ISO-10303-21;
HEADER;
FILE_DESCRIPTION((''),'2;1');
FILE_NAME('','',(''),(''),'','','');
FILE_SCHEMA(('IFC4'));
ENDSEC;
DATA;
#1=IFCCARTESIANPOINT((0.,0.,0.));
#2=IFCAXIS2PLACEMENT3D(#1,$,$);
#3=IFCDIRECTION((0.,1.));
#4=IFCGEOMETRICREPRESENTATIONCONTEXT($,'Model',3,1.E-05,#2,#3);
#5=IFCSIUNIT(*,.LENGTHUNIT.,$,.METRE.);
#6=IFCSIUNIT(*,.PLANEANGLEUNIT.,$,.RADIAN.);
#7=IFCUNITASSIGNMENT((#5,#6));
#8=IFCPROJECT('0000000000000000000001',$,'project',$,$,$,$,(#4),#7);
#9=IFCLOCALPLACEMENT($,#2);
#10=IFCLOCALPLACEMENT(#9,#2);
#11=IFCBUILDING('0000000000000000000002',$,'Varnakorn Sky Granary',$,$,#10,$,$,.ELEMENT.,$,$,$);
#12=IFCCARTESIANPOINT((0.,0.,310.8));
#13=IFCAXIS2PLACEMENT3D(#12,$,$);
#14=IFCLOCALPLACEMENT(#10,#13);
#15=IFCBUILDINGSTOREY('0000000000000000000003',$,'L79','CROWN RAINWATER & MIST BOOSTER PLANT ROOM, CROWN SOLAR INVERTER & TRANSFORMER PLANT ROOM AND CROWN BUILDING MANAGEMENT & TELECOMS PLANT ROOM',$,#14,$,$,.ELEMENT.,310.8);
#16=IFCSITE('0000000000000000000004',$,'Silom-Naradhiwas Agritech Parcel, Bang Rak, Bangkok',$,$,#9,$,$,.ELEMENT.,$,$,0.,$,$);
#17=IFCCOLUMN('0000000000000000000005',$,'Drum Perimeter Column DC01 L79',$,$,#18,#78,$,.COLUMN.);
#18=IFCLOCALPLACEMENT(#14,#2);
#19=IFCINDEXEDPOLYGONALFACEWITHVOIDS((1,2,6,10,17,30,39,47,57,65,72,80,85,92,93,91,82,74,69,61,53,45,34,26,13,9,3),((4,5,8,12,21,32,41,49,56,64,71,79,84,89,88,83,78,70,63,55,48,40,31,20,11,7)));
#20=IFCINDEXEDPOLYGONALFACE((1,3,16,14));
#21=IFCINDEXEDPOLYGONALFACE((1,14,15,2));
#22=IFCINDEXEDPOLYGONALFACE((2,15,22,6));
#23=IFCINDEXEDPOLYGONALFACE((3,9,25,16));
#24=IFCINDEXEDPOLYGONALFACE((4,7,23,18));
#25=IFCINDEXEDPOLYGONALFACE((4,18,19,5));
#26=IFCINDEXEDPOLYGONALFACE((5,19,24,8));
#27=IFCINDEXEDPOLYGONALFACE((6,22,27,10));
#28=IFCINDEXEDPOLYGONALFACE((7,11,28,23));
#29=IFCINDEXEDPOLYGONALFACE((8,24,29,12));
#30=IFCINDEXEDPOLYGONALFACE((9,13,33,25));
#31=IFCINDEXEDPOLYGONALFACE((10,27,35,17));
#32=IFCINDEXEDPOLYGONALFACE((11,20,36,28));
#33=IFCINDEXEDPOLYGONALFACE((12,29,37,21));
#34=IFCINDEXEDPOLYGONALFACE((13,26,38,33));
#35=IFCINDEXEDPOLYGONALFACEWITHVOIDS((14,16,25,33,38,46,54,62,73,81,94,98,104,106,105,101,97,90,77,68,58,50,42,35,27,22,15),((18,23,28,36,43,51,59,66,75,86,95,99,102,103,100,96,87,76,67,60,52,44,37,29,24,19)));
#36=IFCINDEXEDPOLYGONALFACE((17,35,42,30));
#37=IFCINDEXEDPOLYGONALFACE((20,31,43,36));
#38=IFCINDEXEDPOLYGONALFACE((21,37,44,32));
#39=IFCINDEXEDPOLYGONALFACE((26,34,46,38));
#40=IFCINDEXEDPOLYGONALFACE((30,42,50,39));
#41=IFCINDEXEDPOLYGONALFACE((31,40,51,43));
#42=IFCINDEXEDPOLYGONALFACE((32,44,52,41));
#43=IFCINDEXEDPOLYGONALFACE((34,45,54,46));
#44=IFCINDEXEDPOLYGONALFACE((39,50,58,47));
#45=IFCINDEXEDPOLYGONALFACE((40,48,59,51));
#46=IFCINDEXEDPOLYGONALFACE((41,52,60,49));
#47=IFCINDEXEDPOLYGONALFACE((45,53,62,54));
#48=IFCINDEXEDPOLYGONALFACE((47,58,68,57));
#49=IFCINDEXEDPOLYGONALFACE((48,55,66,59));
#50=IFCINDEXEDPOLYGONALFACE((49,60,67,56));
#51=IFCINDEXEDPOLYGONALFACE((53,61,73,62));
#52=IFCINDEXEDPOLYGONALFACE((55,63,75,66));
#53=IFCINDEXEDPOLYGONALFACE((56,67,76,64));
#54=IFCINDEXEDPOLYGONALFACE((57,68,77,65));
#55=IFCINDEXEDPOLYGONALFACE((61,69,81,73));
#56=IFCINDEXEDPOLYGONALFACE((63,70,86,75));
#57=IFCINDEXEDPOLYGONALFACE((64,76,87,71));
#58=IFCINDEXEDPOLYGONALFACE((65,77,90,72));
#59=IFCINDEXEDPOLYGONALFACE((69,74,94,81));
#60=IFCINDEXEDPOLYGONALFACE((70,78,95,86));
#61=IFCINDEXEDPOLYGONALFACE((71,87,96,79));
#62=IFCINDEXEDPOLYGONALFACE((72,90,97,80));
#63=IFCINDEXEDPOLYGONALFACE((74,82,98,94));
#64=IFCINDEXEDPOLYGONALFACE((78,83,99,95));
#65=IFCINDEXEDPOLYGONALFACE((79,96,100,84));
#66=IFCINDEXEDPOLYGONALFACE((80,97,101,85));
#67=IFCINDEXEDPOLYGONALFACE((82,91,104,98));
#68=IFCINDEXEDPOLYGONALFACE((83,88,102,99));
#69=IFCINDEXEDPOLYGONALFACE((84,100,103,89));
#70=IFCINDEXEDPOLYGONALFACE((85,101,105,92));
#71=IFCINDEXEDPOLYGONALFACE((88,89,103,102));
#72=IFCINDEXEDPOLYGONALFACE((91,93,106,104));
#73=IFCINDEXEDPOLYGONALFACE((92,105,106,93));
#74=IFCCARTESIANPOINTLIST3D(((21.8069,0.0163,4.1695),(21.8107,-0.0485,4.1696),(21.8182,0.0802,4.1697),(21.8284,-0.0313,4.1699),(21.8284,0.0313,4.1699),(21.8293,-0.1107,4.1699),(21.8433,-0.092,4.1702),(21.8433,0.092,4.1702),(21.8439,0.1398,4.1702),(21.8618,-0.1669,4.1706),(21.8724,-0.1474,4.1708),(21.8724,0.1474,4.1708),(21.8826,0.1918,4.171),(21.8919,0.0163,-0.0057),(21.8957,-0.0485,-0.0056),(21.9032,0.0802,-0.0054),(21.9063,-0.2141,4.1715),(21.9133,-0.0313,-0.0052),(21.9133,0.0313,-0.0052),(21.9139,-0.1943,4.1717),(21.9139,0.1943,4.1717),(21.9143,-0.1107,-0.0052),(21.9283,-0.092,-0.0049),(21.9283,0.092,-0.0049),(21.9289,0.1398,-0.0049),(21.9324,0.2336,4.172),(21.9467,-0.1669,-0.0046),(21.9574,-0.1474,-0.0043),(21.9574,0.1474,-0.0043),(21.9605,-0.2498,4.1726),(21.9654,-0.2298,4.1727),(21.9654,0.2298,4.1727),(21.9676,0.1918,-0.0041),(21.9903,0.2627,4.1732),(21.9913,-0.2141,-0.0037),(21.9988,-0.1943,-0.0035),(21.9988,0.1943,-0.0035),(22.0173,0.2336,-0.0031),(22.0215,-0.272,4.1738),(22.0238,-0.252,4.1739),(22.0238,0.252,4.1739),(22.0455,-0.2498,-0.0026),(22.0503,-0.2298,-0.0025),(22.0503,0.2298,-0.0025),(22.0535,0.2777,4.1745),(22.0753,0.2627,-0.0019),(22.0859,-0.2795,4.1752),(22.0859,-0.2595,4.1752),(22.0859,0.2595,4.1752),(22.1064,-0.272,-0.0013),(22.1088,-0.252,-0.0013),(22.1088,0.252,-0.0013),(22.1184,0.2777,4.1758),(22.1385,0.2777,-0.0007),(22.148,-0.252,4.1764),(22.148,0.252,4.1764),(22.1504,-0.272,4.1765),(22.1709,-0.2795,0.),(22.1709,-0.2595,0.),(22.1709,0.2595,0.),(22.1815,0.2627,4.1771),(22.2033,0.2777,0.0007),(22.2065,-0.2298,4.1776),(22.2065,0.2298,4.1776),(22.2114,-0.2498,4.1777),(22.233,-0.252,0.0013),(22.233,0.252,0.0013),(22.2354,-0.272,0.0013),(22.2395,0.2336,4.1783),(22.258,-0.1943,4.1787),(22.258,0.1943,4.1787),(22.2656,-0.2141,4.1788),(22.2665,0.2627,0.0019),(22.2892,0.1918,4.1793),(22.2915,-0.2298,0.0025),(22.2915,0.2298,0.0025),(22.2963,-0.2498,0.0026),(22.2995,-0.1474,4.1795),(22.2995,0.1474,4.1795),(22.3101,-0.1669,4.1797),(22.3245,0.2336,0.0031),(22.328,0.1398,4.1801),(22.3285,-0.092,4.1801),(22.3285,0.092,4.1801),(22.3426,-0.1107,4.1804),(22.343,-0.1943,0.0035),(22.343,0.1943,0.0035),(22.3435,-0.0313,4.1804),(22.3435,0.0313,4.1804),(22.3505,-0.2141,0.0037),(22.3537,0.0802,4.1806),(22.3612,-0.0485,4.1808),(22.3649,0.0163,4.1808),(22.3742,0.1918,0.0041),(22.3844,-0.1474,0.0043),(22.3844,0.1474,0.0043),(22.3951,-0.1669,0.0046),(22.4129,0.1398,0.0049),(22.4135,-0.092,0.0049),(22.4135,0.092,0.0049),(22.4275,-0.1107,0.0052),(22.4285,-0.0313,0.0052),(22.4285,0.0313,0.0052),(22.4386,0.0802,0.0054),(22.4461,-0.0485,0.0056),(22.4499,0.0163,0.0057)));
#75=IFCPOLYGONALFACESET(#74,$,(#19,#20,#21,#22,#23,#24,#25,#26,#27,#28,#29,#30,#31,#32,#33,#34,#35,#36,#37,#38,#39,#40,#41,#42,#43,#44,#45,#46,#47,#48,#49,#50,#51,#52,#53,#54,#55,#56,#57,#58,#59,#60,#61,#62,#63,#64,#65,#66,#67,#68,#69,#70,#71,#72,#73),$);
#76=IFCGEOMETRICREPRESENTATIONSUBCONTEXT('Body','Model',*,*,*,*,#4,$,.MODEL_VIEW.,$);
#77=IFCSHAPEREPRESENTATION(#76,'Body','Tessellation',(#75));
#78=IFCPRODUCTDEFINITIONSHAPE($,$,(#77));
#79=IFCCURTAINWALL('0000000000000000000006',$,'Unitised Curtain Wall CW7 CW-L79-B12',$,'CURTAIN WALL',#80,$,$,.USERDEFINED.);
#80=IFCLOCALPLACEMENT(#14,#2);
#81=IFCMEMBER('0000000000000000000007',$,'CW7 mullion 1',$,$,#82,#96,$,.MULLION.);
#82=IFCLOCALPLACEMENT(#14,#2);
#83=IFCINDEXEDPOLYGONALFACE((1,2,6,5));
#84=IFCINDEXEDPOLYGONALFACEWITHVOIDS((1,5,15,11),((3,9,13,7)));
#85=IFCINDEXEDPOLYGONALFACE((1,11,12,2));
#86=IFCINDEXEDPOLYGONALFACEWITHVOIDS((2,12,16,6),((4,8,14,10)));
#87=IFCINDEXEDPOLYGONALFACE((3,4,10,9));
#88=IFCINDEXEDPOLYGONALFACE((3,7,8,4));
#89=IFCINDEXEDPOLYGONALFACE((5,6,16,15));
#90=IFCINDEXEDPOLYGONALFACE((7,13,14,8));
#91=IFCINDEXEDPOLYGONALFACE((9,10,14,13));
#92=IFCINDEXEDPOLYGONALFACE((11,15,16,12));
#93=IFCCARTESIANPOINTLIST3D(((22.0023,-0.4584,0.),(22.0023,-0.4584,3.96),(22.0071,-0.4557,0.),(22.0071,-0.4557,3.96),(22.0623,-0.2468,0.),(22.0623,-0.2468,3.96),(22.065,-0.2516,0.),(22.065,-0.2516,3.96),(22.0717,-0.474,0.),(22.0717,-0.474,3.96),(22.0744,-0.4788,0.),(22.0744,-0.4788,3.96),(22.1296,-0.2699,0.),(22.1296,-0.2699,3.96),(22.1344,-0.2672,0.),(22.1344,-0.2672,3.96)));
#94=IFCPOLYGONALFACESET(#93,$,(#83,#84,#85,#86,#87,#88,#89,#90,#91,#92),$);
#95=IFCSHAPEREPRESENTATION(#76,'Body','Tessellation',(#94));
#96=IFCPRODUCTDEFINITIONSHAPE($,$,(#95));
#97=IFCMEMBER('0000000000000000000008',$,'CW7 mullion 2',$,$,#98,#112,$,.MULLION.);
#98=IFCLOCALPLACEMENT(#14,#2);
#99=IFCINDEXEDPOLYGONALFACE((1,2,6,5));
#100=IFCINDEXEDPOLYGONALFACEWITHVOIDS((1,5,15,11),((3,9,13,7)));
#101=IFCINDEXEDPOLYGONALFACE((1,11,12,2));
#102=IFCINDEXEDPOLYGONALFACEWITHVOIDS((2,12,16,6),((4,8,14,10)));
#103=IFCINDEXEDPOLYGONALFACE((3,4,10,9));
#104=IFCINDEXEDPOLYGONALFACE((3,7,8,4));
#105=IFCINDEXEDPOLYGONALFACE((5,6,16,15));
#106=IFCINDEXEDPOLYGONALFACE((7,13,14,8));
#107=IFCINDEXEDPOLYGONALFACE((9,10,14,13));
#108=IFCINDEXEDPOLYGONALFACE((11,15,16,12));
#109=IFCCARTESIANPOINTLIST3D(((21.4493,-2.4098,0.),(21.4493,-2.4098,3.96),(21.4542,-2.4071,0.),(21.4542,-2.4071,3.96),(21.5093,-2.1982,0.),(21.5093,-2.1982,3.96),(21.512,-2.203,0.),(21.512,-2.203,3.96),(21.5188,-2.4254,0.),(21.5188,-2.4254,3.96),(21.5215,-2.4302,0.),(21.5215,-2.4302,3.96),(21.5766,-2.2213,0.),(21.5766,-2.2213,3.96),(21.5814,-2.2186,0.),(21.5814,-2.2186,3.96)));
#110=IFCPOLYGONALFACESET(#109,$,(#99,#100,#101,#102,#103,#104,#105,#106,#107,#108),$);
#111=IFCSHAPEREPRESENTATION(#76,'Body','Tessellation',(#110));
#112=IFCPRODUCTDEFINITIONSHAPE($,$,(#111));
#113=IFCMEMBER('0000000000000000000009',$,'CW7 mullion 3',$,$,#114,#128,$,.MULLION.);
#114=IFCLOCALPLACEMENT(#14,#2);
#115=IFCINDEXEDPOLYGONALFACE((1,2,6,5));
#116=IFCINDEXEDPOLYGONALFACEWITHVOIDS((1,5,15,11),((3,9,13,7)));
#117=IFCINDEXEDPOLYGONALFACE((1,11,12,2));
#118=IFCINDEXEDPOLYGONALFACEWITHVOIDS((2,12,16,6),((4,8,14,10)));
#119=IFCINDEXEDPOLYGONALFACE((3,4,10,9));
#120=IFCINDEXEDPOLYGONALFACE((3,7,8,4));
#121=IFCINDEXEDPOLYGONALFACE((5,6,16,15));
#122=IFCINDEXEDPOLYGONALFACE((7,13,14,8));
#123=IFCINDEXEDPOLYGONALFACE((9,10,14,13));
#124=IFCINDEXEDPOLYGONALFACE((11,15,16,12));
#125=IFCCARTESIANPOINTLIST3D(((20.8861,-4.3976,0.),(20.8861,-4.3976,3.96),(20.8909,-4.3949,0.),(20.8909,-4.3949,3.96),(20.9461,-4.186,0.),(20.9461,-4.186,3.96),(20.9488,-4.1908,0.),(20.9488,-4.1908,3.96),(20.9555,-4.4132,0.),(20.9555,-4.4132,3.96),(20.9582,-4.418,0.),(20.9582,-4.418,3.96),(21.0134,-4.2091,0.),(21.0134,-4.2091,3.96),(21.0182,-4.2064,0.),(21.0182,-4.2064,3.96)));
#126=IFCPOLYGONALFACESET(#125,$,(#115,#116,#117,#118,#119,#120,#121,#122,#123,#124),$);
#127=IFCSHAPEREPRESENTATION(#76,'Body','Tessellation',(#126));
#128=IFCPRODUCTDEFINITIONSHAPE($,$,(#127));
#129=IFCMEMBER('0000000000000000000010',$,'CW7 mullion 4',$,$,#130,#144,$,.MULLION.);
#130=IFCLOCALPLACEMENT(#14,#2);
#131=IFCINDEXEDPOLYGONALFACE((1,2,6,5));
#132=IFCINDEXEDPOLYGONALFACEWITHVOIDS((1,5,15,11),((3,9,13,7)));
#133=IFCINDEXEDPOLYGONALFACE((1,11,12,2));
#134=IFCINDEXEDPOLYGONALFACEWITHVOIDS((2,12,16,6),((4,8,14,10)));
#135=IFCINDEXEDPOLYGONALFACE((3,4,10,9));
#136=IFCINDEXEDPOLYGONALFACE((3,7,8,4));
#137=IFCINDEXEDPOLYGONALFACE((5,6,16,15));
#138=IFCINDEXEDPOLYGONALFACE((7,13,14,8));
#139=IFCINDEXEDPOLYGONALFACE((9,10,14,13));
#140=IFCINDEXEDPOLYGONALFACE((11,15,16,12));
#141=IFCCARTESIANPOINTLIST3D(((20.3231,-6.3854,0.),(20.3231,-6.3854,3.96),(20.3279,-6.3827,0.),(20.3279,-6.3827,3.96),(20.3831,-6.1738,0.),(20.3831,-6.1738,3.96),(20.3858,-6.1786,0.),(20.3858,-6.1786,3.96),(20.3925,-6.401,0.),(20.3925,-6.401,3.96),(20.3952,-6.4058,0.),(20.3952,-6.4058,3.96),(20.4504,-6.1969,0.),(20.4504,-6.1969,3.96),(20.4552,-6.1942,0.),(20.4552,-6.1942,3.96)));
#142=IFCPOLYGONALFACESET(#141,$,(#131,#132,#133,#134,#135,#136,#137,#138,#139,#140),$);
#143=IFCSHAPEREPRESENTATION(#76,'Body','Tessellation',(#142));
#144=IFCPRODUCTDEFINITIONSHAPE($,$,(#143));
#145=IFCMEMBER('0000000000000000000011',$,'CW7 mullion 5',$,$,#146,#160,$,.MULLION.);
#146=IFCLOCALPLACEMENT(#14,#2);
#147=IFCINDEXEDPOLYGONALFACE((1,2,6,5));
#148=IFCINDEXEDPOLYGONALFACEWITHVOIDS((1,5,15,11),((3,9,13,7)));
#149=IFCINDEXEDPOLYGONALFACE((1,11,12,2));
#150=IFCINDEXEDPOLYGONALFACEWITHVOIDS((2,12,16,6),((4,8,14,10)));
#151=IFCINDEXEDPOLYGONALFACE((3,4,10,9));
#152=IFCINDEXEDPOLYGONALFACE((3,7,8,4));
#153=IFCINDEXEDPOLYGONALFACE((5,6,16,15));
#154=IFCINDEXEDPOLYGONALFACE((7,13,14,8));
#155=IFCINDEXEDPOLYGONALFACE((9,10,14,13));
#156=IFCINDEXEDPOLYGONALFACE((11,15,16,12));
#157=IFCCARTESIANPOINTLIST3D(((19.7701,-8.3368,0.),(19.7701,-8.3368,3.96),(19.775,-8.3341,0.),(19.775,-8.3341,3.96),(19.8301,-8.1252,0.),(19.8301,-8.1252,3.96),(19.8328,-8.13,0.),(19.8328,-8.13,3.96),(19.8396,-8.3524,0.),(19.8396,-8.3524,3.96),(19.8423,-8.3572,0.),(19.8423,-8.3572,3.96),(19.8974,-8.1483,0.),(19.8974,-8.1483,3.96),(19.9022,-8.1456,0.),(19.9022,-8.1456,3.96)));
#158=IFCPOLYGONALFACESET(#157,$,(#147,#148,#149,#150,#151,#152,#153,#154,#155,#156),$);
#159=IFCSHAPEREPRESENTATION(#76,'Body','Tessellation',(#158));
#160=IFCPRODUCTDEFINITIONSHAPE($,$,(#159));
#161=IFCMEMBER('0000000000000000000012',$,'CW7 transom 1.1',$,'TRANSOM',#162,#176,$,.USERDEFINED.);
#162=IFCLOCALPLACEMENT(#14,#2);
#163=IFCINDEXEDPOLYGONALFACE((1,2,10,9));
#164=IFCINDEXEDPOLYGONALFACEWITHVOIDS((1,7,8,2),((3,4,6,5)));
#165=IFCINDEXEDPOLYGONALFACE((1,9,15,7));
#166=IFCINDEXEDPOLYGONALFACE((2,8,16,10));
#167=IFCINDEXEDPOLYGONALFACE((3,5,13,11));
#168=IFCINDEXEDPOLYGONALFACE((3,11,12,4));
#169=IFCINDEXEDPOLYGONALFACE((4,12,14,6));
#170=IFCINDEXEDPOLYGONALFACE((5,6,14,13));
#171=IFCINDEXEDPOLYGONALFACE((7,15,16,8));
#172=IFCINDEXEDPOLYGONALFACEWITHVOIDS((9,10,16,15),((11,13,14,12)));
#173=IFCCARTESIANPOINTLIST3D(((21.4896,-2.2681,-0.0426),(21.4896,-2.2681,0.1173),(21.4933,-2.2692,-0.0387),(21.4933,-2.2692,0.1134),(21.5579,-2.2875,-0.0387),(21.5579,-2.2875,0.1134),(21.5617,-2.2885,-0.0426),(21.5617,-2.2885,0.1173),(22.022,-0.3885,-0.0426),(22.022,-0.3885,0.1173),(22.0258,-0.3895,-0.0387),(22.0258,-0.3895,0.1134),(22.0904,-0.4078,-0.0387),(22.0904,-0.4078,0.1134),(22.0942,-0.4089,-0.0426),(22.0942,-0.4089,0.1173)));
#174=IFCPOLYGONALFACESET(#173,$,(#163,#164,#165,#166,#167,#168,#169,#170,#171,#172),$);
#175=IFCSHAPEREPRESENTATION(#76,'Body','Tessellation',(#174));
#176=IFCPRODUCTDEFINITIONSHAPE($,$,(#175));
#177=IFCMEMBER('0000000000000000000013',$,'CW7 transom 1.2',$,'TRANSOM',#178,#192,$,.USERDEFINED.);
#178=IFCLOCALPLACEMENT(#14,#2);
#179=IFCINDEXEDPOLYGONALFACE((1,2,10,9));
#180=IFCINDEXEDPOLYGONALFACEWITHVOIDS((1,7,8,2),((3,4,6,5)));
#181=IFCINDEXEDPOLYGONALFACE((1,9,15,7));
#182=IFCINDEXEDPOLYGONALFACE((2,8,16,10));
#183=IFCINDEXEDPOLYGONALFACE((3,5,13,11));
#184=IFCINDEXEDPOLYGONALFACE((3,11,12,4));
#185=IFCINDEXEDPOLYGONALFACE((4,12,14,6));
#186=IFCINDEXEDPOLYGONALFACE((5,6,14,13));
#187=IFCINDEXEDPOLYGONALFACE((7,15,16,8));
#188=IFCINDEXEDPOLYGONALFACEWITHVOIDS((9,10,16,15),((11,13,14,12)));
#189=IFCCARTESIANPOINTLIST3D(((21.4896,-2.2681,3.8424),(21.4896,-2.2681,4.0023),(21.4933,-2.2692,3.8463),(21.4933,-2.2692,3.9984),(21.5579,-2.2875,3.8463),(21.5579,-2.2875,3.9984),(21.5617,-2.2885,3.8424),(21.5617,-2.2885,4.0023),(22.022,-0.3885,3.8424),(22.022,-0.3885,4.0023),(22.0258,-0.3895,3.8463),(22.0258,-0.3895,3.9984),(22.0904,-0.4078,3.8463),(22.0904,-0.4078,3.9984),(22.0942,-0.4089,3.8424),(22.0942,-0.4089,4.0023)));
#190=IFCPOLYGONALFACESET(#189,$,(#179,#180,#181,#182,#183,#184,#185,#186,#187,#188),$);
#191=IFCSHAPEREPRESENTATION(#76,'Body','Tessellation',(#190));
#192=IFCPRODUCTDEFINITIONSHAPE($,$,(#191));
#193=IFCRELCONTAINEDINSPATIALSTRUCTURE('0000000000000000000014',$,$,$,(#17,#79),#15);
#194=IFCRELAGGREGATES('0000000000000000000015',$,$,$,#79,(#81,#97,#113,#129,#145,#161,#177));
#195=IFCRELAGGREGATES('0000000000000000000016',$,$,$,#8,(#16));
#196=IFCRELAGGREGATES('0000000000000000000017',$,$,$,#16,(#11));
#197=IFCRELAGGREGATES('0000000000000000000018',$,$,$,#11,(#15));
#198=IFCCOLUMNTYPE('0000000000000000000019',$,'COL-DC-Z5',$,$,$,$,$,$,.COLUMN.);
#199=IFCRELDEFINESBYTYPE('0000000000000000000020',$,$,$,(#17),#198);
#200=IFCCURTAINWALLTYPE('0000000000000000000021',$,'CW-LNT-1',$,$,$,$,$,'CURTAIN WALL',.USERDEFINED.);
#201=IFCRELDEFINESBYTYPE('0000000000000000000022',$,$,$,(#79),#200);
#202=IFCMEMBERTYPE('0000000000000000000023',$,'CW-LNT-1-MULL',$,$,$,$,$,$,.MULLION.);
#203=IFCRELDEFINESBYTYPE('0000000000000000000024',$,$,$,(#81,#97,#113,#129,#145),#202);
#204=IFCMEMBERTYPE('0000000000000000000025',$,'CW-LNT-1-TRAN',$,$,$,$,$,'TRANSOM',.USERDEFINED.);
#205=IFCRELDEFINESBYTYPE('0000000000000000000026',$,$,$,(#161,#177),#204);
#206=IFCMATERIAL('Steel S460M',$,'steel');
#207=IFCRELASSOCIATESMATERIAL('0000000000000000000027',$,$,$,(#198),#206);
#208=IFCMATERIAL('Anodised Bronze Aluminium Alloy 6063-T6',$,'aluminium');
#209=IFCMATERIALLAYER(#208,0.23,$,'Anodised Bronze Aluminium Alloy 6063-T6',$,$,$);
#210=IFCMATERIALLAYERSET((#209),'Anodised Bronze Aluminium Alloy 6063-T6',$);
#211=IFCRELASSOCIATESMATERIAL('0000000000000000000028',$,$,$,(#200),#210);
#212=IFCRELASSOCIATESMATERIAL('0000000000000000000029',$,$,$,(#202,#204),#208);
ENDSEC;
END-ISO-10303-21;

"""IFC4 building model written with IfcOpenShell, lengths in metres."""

from ifc_helpers import new_model, si_unit, direction, frame, origin, origin_2d, place, context, subcontext, project, spatial, hollow_rectangle, hollow_circle, extrude, material, layer, layer_set, material_profile, profile_set, type_object, element, aggregate, save


model = new_model("IFC4")

# Units and contexts
model_context = context("Model", 3, precision=1e-05, world=origin(), true_north=direction((0.0, 1.0)))
body_context = subcontext(model_context, "Body", "Model", "MODEL_VIEW")
ifc_project = project(units=[si_unit("LENGTHUNIT", "METRE"), si_unit("PLANEANGLEUNIT", "RADIAN")], contexts=[model_context])

# Site, building, storey
site_placement = place(None, origin())
site = spatial("IfcSite", under=ifc_project, at=site_placement, Name="Silom-Naradhiwas Agritech Parcel, Bang Rak, Bangkok", CompositionType="ELEMENT", RefElevation=0.0)
building_placement = place(site_placement, origin())
building = spatial("IfcBuilding", under=site, at=building_placement, Name="Varnakorn Sky Granary", CompositionType="ELEMENT")
storey_placement = place(building_placement, frame((0.0, 0.0, 310.8)))
storey = spatial("IfcBuildingStorey", under=building, at=storey_placement, Name="L79", Description="CROWN RAINWATER & MIST BOOSTER PLANT ROOM, CROWN SOLAR INVERTER & TRANSFORMER PLANT ROOM AND CROWN BUILDING MANAGEMENT & TELECOMS PLANT ROOM", CompositionType="ELEMENT", Elevation=310.8)

# Column
ifc_material_1 = material(Name="Steel S460M", Category="steel")
ifc_material_profile_1 = material_profile(ifc_material_1, hollow_circle(Radius=0.2795, WallThickness=0.02, at=origin_2d()), Name="CHS 559x20")
ifc_profile_set_1 = profile_set([ifc_material_profile_1], Name="Steel S460M")
column_type = type_object("IfcColumnType", Name="COL-DC-Z5", PredefinedType="COLUMN", material=ifc_profile_set_1)
column_placement = place(storey_placement, frame((22.1709, 0.0, 0.0), z_axis=(-0.020345, 0.0, 0.999793), x_axis=(0.0, -1.0, 0.0)))
element("IfcColumn", 1, at=column_placement, inside=storey, type_object=column_type, Name="Drum Perimeter Column DC01 L79", PredefinedType="COLUMN", context=body_context, shape_type="SweptSolid", body=[
    extrude(hollow_circle(Radius=0.2795, WallThickness=0.02, at=origin_2d()), origin(), (0.0, 0.0, 1.0), 4.176),
])

# Curtain wall, members
ifc_material_2 = material(Name="Anodised Bronze Aluminium Alloy 6063-T6", Category="aluminium")
ifc_layer_1 = layer(ifc_material_2, 0.23, Name="Anodised Bronze Aluminium Alloy 6063-T6")
ifc_layer_set_1 = layer_set([ifc_layer_1], Name="Anodised Bronze Aluminium Alloy 6063-T6")
curtain_wall_type = type_object("IfcCurtainWallType", Name="CW-LNT-1", ElementType="CURTAIN WALL", PredefinedType="USERDEFINED", material=ifc_layer_set_1)
curtain_wall_placement = place(storey_placement, origin())
curtain_wall = element("IfcCurtainWall", 2, at=curtain_wall_placement, inside=storey, type_object=curtain_wall_type, Name="Unitised Curtain Wall CW7 CW-L79-B12", ObjectType="CURTAIN WALL", PredefinedType="USERDEFINED")
ifc_material_profile_2 = material_profile(ifc_material_2, hollow_rectangle(XDim=0.075, YDim=0.22, WallThickness=0.0039, at=origin_2d()), Name="ALU MULL 75x220")
ifc_profile_set_2 = profile_set([ifc_material_profile_2], Name="Anodised Bronze Aluminium Alloy 6063-T6")
member_type_1 = type_object("IfcMemberType", Name="CW-LNT-1-MULL", PredefinedType="MULLION", material=ifc_profile_set_2)
member_1_placement = place(storey_placement, frame((22.0684, -0.3628, 0.0), z_axis=(0.0, 0.0, 1.0), x_axis=(0.962134, -0.272577, 0.0)))
member_1 = element("IfcMember", 3, at=member_1_placement, type_object=member_type_1, Name="CW7 mullion 1", PredefinedType="MULLION", context=body_context, shape_type="SweptSolid", body=[
    extrude(hollow_rectangle(XDim=0.075, YDim=0.22, WallThickness=0.0039, at=origin_2d()), origin(), (0.0, 0.0, 1.0), 3.96),
])
member_2_placement = place(storey_placement, frame((21.5154, -2.3142, 0.0), z_axis=(0.0, 0.0, 1.0), x_axis=(0.962134, -0.272577, 0.0)))
member_2 = element("IfcMember", 4, at=member_2_placement, type_object=member_type_1, Name="CW7 mullion 2", PredefinedType="MULLION", context=body_context, shape_type="SweptSolid", body=[
    extrude(hollow_rectangle(XDim=0.075, YDim=0.22, WallThickness=0.0039, at=origin_2d()), origin(), (0.0, 0.0, 1.0), 3.96),
])
member_3_placement = place(storey_placement, frame((20.9521, -4.302, 0.0), z_axis=(0.0, 0.0, 1.0), x_axis=(0.962134, -0.272577, 0.0)))
member_3 = element("IfcMember", 5, at=member_3_placement, type_object=member_type_1, Name="CW7 mullion 3", PredefinedType="MULLION", context=body_context, shape_type="SweptSolid", body=[
    extrude(hollow_rectangle(XDim=0.075, YDim=0.22, WallThickness=0.0039, at=origin_2d()), origin(), (0.0, 0.0, 1.0), 3.96),
])
member_4_placement = place(storey_placement, frame((20.3892, -6.2898, 0.0), z_axis=(0.0, 0.0, 1.0), x_axis=(0.962134, -0.272577, 0.0)))
member_4 = element("IfcMember", 6, at=member_4_placement, type_object=member_type_1, Name="CW7 mullion 4", PredefinedType="MULLION", context=body_context, shape_type="SweptSolid", body=[
    extrude(hollow_rectangle(XDim=0.075, YDim=0.22, WallThickness=0.0039, at=origin_2d()), origin(), (0.0, 0.0, 1.0), 3.96),
])
member_5_placement = place(storey_placement, frame((19.8362, -8.2412, 0.0), z_axis=(0.0, 0.0, 1.0), x_axis=(0.962134, -0.272577, 0.0)))
member_5 = element("IfcMember", 7, at=member_5_placement, type_object=member_type_1, Name="CW7 mullion 5", PredefinedType="MULLION", context=body_context, shape_type="SweptSolid", body=[
    extrude(hollow_rectangle(XDim=0.075, YDim=0.22, WallThickness=0.0039, at=origin_2d()), origin(), (0.0, 0.0, 1.0), 3.96),
])
ifc_material_profile_3 = material_profile(ifc_material_2, hollow_rectangle(XDim=0.075, YDim=0.1599, WallThickness=0.0039, at=origin_2d()), Name="ALU TRAN 75x160")
ifc_profile_set_3 = profile_set([ifc_material_profile_3], Name="Anodised Bronze Aluminium Alloy 6063-T6")
member_type_2 = type_object("IfcMemberType", Name="CW-LNT-1-TRAN", ElementType="TRANSOM", PredefinedType="USERDEFINED", material=ifc_profile_set_3)
member_6_placement = place(storey_placement, frame((22.0581, -0.3987, 0.0374), z_axis=(-0.272558, -0.962139, 0.0), x_axis=(0.962139, -0.272558, 0.0)))
member_6 = element("IfcMember", 8, at=member_6_placement, type_object=member_type_2, Name="CW7 transom 1.1", ObjectType="TRANSOM", PredefinedType="USERDEFINED", context=body_context, shape_type="SweptSolid", body=[
    extrude(hollow_rectangle(XDim=0.075, YDim=0.1599, WallThickness=0.0039, at=origin_2d()), origin(), (0.0, 0.0, 1.0), 1.9536),
])
member_7_placement = place(storey_placement, frame((22.0581, -0.3987, 3.9224), z_axis=(-0.272558, -0.962139, 0.0), x_axis=(0.962139, -0.272558, 0.0)))
member_7 = element("IfcMember", 9, at=member_7_placement, type_object=member_type_2, Name="CW7 transom 1.2", ObjectType="TRANSOM", PredefinedType="USERDEFINED", context=body_context, shape_type="SweptSolid", body=[
    extrude(hollow_rectangle(XDim=0.075, YDim=0.1599, WallThickness=0.0039, at=origin_2d()), origin(), (0.0, 0.0, 1.0), 1.9536),
])

aggregate(curtain_wall, [member_1, member_2, member_3, member_4, member_5, member_6, member_7])

save(model, "model.ifc")
